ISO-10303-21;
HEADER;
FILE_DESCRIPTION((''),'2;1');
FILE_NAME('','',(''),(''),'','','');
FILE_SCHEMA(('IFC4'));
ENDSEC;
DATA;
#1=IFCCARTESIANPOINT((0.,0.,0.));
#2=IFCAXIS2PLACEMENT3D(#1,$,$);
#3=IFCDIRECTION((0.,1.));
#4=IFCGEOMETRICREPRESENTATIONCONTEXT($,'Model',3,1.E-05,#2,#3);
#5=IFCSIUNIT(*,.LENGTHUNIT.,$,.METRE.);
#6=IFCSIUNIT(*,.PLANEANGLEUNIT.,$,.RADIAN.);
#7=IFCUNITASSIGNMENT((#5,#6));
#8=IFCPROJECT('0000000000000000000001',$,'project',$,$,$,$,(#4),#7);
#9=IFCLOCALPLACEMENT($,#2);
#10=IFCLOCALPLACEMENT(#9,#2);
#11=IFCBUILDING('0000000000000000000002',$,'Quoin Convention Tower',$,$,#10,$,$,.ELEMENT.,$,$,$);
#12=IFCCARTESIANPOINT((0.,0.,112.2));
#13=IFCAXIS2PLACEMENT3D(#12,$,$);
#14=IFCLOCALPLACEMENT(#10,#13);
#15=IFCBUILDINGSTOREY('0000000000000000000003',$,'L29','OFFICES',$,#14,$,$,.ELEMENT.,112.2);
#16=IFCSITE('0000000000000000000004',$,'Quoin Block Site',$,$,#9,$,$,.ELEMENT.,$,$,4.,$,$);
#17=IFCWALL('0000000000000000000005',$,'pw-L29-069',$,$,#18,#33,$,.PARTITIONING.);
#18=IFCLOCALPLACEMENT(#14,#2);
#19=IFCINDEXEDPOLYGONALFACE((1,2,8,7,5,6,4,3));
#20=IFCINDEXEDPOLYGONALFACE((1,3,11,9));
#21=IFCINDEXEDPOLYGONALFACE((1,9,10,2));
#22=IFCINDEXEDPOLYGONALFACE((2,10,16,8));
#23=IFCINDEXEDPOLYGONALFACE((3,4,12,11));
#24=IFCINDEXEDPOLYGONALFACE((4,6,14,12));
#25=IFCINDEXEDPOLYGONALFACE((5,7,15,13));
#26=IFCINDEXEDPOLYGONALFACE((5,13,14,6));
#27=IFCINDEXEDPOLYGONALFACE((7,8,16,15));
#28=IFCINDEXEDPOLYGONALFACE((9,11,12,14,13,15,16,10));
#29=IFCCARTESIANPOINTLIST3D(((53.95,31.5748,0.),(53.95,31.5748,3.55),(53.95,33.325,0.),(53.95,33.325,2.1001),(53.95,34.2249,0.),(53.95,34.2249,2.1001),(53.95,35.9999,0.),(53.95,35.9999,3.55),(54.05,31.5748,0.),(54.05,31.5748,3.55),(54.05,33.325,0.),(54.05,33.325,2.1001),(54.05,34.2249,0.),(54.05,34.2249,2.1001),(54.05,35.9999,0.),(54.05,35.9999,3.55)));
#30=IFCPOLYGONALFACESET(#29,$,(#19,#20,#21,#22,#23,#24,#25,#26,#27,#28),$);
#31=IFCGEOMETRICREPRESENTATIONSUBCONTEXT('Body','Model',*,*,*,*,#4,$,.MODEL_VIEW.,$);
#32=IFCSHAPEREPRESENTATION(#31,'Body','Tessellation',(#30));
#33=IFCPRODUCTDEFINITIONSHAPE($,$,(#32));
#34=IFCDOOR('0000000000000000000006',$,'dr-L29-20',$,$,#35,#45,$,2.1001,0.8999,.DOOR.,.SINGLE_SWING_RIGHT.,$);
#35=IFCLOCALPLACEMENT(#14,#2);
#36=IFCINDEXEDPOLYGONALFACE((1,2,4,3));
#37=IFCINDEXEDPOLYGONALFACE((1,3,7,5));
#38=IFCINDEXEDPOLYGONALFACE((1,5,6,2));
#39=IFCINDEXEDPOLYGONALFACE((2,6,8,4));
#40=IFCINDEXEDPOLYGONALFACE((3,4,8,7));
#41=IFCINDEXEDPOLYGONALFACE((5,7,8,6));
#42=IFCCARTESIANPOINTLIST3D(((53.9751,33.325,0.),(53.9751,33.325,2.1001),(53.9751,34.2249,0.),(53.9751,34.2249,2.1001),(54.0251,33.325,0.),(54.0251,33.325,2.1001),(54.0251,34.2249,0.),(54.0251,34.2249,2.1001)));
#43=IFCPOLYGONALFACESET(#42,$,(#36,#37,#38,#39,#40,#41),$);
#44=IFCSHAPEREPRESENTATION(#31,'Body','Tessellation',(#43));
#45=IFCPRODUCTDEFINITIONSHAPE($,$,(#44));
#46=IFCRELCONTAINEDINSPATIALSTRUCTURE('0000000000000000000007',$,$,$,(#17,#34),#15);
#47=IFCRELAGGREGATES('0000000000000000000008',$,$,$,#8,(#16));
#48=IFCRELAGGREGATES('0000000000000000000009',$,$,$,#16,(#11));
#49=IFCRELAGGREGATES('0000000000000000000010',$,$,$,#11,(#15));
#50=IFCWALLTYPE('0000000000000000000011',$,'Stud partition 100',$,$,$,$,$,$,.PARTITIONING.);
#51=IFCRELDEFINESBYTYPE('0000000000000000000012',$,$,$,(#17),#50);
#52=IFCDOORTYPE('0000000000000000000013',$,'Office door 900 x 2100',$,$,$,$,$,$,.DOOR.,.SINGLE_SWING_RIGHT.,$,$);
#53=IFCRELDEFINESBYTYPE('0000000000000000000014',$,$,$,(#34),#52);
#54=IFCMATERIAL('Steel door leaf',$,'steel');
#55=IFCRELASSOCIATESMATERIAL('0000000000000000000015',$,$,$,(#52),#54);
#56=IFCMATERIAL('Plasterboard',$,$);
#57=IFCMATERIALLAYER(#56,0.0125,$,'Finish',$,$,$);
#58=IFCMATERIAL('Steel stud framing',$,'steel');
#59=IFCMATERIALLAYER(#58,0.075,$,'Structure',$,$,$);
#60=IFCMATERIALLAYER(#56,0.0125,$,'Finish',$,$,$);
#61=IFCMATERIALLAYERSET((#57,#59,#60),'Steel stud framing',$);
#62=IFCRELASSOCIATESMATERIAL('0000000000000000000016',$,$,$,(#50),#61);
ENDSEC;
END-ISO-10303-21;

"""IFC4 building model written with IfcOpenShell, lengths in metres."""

from ifc_helpers import new_model, si_unit, direction, frame, frame_2d, origin, place, context, subcontext, project, spatial, rectangle, extrude, material, layer, layer_set, type_object, element, fill, save


model = new_model("IFC4")

# Units and contexts
model_context = context("Model", 3, precision=1e-05, world=origin(), true_north=direction((0.0, 1.0)))
body_context = subcontext(model_context, "Body", "Model", "MODEL_VIEW")
ifc_project = project(units=[si_unit("LENGTHUNIT", "METRE"), si_unit("PLANEANGLEUNIT", "RADIAN")], contexts=[model_context])

# Site, building, storey
site_placement = place(None, origin())
site = spatial("IfcSite", under=ifc_project, at=site_placement, Name="Quoin Block Site", CompositionType="ELEMENT", RefElevation=4.0)
building_placement = place(site_placement, origin())
building = spatial("IfcBuilding", under=site, at=building_placement, Name="Quoin Convention Tower", CompositionType="ELEMENT")
storey_placement = place(building_placement, frame((0.0, 0.0, 112.2)))
storey = spatial("IfcBuildingStorey", under=building, at=storey_placement, Name="L29", Description="OFFICES", CompositionType="ELEMENT", Elevation=112.2)

# Shared definitions
ifc_material_1 = material(Name="Plasterboard")
ifc_material_2 = material(Name="Steel stud framing", Category="steel")
ifc_material_3 = material(Name="Steel door leaf", Category="steel")
door_type = type_object("IfcDoorType", Name="Office door 900 x 2100", OperationType="SINGLE_SWING_RIGHT", PredefinedType="DOOR", material=ifc_material_3)

# Wall, opening, door
ifc_layer_1 = layer(ifc_material_1, 0.0125, Name="Finish")
ifc_layer_2 = layer(ifc_material_2, 0.075, Name="Structure")
ifc_layer_3 = layer(ifc_material_1, 0.0125, Name="Finish")
ifc_layer_set_1 = layer_set([ifc_layer_1, ifc_layer_2, ifc_layer_3], Name="Steel stud framing")
wall_type_1 = type_object("IfcWallType", Name="Stud partition 100", PredefinedType="PARTITIONING", material=ifc_layer_set_1)
wall_1_placement = place(storey_placement, frame((54.0, 31.575, 0.0), z_axis=(0.0, 0.0, 1.0), x_axis=(0.0, 1.0, 0.0)))
wall_1 = element("IfcWall", 1, at=wall_1_placement, inside=storey, type_object=wall_type_1, Name="pw-L29-069", PredefinedType="PARTITIONING", context=body_context, shape_type="SweptSolid", body=[
    extrude(rectangle(XDim=4.425, YDim=0.1001, at=frame_2d((2.2124, 0.0))), origin(), (0.0, 0.0, 1.0), 3.55),
])
opening_1_placement = place(wall_1_placement, frame((1.75, 0.0, 0.0)))
opening_1 = element("IfcOpeningElement", 2, at=opening_1_placement, cuts=wall_1, PredefinedType="OPENING", context=body_context, shape_type="SweptSolid", body=[
    extrude(rectangle(XDim=0.8999, YDim=2.1001, at=frame_2d((0.45, 1.05))), frame((0.0, 0.0601, 0.0), z_axis=(0.0, -1.0, 0.0), x_axis=(1.0, 0.0, 0.0)), (0.0, 0.0, 1.0), 0.1201),
])
door_1_placement = place(opening_1_placement, origin())
door_1 = element("IfcDoor", 3, at=door_1_placement, inside=storey, type_object=door_type, Name="dr-L29-20", OperationType="SINGLE_SWING_RIGHT", OverallHeight=2.1001, OverallWidth=0.8999, PredefinedType="DOOR", context=body_context, shape_type="SweptSolid", body=[
    extrude(rectangle(XDim=0.8999, YDim=2.1001, at=frame_2d((0.45, 1.05))), frame((0.0, 0.0249, 0.0), z_axis=(0.0, -1.0, 0.0), x_axis=(1.0, 0.0, 0.0)), (0.0, 0.0, 1.0), 0.05),
])
fill(opening_1, door_1)

save(model, "model.ifc")
